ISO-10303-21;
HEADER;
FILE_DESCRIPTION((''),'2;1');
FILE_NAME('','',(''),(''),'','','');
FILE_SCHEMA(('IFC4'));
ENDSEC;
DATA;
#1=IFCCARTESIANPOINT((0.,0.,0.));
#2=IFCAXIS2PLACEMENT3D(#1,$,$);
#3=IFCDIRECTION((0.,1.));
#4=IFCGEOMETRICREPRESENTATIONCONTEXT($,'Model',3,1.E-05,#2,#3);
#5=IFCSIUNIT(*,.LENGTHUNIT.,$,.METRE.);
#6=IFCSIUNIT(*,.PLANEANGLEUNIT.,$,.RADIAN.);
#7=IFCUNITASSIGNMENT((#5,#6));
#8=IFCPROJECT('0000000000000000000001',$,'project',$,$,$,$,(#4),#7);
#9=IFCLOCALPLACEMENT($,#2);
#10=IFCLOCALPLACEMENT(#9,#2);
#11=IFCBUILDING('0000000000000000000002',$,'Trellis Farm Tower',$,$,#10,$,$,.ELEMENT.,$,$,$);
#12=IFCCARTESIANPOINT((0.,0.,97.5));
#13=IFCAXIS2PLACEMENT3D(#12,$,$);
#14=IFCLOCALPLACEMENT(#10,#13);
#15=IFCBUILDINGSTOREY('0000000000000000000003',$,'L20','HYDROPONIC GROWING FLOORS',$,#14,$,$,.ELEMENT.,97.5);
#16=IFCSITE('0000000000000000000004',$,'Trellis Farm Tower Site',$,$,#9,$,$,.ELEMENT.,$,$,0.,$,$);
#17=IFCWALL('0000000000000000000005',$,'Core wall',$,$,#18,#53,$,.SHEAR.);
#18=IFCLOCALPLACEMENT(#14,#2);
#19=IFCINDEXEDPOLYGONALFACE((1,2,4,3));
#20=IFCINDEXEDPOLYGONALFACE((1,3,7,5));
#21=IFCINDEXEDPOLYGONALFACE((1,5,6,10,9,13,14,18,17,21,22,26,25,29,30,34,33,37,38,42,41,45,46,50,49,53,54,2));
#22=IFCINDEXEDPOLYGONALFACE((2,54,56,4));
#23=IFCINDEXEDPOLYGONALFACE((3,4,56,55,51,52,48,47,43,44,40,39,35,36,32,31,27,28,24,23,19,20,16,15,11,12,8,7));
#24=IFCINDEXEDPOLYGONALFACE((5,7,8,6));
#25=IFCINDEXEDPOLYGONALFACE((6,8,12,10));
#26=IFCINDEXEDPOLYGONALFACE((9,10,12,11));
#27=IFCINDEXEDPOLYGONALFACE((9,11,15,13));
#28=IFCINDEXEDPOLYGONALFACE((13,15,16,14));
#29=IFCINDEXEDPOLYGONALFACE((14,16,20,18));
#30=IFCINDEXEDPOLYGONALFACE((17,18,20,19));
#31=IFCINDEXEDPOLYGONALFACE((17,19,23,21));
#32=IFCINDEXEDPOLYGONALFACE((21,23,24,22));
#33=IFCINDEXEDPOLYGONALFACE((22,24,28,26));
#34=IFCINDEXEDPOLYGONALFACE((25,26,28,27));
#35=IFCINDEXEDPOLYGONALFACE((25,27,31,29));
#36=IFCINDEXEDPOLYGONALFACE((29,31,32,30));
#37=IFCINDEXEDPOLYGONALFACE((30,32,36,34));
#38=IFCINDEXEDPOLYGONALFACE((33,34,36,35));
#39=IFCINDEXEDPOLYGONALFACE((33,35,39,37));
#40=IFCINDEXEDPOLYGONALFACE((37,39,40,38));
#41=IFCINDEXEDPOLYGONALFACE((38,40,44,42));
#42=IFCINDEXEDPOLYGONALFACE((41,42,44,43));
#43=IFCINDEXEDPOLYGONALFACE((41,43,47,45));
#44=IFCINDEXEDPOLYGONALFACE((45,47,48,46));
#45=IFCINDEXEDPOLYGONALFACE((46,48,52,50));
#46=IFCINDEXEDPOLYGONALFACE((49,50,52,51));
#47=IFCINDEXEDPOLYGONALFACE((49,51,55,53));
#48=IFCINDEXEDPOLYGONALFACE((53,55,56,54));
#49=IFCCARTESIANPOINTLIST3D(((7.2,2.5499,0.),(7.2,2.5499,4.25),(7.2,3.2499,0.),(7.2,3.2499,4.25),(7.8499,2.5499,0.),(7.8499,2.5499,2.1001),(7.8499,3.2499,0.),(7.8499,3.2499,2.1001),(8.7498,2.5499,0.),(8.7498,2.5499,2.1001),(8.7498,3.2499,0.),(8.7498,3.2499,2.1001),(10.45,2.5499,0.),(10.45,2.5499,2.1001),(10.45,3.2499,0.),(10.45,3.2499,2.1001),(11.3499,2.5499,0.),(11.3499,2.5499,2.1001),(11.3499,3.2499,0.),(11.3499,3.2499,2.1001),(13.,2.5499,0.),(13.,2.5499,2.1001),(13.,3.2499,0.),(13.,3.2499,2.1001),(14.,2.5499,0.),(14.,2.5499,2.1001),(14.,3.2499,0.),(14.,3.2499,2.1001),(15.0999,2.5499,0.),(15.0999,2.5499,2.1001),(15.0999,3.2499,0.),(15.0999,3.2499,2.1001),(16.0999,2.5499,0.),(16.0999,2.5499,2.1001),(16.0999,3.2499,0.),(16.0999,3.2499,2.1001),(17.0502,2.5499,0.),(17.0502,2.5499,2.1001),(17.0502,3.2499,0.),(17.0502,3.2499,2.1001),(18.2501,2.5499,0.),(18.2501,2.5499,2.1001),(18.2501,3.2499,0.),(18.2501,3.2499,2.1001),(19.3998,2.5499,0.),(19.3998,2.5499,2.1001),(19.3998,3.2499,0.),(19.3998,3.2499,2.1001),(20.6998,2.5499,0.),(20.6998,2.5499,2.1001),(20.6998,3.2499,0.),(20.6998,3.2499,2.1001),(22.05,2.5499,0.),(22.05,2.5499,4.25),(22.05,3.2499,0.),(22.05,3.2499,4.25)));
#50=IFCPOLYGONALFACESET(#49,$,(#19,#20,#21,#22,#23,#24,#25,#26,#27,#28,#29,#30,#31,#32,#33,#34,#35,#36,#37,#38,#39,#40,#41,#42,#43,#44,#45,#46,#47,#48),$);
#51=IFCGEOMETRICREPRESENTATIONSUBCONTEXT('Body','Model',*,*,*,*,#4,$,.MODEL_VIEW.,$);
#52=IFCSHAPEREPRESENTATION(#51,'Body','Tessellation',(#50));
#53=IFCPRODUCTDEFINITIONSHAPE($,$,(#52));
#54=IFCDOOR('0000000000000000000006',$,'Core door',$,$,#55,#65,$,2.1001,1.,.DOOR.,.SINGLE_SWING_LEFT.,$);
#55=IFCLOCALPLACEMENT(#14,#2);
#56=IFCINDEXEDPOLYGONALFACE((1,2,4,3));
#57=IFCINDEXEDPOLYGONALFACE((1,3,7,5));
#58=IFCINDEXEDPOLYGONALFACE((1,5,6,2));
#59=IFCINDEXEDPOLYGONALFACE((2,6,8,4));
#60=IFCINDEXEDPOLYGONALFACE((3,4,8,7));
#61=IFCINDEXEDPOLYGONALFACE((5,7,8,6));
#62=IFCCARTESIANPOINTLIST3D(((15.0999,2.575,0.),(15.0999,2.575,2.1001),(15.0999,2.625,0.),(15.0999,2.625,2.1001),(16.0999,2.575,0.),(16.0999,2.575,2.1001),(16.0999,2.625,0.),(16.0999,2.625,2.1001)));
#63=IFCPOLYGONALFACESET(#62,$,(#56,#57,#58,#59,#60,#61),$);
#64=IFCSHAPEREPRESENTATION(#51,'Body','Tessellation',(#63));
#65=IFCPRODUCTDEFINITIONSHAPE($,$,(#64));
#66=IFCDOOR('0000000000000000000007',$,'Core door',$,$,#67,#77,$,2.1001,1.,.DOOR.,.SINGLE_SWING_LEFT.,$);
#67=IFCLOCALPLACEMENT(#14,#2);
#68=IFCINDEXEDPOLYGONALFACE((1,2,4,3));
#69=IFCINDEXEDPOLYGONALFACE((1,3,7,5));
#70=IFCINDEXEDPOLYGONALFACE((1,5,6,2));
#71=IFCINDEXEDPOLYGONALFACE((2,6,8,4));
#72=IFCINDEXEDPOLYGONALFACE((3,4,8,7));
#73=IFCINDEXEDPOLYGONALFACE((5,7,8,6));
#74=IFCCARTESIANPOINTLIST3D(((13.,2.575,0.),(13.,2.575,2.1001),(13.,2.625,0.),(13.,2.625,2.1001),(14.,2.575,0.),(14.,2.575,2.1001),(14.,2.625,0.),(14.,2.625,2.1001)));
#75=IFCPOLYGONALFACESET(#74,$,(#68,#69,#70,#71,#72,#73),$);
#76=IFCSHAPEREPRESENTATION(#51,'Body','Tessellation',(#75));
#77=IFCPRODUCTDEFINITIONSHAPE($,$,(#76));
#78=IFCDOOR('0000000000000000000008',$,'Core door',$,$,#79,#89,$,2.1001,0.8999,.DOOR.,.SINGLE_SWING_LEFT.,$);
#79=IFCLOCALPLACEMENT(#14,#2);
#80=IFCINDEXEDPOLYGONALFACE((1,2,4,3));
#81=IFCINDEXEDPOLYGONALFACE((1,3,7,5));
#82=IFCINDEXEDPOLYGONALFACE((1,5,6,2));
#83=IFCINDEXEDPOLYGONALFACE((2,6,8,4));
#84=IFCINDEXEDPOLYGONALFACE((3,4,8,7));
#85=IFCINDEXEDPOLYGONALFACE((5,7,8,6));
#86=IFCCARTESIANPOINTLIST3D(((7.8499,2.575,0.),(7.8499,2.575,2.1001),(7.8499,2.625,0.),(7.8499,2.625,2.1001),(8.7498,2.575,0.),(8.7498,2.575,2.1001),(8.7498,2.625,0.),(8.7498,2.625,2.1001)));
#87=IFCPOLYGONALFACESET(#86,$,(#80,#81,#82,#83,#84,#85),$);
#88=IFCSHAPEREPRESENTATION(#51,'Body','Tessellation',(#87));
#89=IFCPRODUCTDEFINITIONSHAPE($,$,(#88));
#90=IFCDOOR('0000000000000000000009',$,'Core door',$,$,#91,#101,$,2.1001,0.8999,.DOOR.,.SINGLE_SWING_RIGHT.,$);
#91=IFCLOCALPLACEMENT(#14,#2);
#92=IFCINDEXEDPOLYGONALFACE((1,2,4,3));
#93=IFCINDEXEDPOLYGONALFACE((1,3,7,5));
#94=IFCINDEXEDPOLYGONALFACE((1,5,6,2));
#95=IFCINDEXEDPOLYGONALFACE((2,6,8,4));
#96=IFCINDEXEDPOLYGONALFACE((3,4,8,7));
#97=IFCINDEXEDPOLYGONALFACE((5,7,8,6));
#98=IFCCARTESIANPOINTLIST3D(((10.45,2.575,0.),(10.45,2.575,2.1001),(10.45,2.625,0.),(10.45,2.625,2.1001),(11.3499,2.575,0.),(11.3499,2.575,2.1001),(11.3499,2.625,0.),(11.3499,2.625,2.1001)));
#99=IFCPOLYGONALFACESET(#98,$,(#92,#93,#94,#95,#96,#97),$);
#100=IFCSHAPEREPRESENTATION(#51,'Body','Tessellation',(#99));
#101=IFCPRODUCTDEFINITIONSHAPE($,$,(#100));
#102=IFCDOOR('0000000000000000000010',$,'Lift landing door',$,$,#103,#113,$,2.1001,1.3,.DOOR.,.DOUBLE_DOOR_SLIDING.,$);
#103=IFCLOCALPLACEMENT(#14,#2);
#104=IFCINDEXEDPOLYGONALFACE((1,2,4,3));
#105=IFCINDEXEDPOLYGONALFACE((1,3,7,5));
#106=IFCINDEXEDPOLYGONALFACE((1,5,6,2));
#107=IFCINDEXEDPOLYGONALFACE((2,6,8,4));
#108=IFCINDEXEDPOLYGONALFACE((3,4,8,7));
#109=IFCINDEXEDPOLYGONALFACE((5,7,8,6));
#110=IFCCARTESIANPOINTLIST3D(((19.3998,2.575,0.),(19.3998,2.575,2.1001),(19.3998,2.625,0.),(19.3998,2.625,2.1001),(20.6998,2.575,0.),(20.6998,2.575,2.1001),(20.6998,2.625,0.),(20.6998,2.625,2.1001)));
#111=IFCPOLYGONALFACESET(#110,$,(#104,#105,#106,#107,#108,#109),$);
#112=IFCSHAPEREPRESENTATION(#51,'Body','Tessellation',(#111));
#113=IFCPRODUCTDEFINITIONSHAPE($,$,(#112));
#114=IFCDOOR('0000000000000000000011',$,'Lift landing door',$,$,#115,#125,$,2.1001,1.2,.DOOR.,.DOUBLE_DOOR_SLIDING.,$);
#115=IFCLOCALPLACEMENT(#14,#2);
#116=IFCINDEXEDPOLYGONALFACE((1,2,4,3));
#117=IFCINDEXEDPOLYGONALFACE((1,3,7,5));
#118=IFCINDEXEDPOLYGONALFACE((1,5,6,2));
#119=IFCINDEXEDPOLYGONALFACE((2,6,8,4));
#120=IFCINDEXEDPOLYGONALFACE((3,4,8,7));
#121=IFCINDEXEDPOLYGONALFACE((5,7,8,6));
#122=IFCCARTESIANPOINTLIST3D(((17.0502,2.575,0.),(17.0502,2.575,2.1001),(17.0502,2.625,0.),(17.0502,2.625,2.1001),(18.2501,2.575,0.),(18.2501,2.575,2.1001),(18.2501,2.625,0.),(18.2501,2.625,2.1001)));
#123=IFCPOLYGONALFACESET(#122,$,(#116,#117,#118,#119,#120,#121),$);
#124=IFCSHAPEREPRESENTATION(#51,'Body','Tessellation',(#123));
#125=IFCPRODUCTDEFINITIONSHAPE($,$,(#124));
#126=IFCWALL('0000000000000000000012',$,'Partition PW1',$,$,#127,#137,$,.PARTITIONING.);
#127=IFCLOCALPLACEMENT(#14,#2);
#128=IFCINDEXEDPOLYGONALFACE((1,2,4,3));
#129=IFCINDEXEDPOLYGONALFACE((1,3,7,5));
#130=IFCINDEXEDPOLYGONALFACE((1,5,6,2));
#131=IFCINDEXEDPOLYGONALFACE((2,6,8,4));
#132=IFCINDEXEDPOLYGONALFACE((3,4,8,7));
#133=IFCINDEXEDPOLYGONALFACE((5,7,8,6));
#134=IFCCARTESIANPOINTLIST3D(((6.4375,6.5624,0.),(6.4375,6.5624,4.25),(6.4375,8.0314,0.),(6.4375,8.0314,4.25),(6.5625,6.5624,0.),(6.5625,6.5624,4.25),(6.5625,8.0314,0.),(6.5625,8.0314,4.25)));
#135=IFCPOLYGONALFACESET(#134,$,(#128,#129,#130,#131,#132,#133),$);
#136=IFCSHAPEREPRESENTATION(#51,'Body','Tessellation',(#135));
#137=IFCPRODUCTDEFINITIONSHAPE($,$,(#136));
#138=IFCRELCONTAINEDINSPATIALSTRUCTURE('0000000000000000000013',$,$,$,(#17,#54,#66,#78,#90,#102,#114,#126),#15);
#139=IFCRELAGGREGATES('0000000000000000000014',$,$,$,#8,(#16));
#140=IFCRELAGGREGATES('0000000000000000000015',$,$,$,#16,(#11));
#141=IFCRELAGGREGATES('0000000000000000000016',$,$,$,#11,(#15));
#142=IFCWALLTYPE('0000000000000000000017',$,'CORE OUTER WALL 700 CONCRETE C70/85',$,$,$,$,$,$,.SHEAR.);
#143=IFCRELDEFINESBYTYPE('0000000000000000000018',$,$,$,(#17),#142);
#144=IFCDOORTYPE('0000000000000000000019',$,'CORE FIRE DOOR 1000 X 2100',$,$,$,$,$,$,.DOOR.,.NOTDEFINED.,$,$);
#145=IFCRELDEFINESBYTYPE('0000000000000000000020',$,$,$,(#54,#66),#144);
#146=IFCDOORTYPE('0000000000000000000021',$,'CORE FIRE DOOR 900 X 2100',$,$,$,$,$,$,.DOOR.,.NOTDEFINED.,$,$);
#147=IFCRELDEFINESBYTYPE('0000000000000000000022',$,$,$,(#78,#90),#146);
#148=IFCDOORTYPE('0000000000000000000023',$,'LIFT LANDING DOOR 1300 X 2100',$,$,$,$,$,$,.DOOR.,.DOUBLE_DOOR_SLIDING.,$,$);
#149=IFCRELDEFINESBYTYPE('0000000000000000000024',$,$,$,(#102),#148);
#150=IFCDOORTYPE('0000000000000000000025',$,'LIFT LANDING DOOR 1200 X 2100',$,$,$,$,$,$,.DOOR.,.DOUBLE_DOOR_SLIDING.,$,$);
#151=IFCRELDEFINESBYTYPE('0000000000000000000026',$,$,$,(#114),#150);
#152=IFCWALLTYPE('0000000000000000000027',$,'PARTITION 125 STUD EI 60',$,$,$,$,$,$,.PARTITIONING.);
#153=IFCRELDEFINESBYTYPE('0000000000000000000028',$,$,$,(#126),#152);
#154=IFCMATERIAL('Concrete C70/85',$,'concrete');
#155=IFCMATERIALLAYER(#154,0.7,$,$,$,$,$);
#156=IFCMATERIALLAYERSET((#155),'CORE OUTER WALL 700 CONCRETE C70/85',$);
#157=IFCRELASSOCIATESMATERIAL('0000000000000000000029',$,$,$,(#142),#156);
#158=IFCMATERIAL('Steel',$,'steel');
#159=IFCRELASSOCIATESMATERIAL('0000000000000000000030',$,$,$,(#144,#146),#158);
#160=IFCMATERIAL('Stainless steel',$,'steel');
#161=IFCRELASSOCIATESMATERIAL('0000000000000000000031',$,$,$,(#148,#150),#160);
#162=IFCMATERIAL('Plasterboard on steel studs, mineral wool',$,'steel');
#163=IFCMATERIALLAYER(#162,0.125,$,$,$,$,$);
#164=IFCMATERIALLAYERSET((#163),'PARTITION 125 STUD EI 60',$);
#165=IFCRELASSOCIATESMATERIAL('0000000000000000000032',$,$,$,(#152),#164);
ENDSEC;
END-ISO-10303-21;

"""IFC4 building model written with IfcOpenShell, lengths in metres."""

from ifc_helpers import new_model, si_unit, direction, frame, frame_2d, origin, place, context, subcontext, project, spatial, rectangle, extrude, source, transform, mapped, material, layer, layer_set, type_object, element, fill, save


model = new_model("IFC4")

# Units and contexts
model_context = context("Model", 3, precision=1e-05, world=origin(), true_north=direction((0.0, 1.0)))
body_context = subcontext(model_context, "Body", "Model", "MODEL_VIEW")
ifc_project = project(units=[si_unit("LENGTHUNIT", "METRE"), si_unit("PLANEANGLEUNIT", "RADIAN")], contexts=[model_context])

# Site, building, storey
site_placement = place(None, origin())
site = spatial("IfcSite", under=ifc_project, at=site_placement, Name="Trellis Farm Tower Site", CompositionType="ELEMENT", RefElevation=0.0)
building_placement = place(site_placement, origin())
building = spatial("IfcBuilding", under=site, at=building_placement, Name="Trellis Farm Tower", CompositionType="ELEMENT")
storey_placement = place(building_placement, frame((0.0, 0.0, 97.5)))
storey = spatial("IfcBuildingStorey", under=building, at=storey_placement, Name="L20", Description="HYDROPONIC GROWING FLOORS", CompositionType="ELEMENT", Elevation=97.5)

# Shared definitions
ifc_material_1 = material(Name="Concrete C70/85", Category="concrete")

# Wall, openings, doors
ifc_layer_1 = layer(ifc_material_1, 0.7)
ifc_layer_set_1 = layer_set([ifc_layer_1], Name="CORE OUTER WALL 700 CONCRETE C70/85")
wall_type_1 = type_object("IfcWallType", Name="CORE OUTER WALL 700 CONCRETE C70/85", PredefinedType="SHEAR", material=ifc_layer_set_1)
shared_shape_1 = source(origin(), body_context, "Body", "SweptSolid", [
    extrude(rectangle(XDim=14.8501, YDim=0.7, at=frame_2d((7.425, 0.0))), origin(), (0.0, 0.0, 1.0), 4.25),
])
wall_1_placement = place(storey_placement, frame((7.2, 2.8999, 0.0), z_axis=(0.0, 0.0, 1.0), x_axis=(1.0, 0.0, 0.0)))
wall_1 = element("IfcWall", 1, at=wall_1_placement, inside=storey, type_object=wall_type_1, Name="Core wall", PredefinedType="SHEAR", context=body_context, shape_type="MappedRepresentation", body=[
    mapped(shared_shape_1, transform((0.0, 0.0, 0.0))),
])
shared_shape_2 = source(origin(), body_context, "Body", "SweptSolid", [
    extrude(rectangle(XDim=1.3, YDim=2.1001, at=frame_2d((0.6499, 1.05))), frame((0.0, 0.3601, 0.0), z_axis=(0.0, -1.0, 0.0), x_axis=(1.0, 0.0, 0.0)), (0.0, 0.0, 1.0), 0.7202),
])
opening_1_placement = place(wall_1_placement, frame((12.2, 0.0, 0.0)))
opening_1 = element("IfcOpeningElement", 2, at=opening_1_placement, cuts=wall_1, PredefinedType="OPENING", context=body_context, shape_type="MappedRepresentation", body=[
    mapped(shared_shape_2, transform((0.0, 0.0, 0.0))),
])
shared_shape_3 = source(origin(), body_context, "Body", "SweptSolid", [
    extrude(rectangle(XDim=1.2, YDim=2.1001, at=frame_2d((0.6001, 1.05))), frame((0.0, 0.3601, 0.0), z_axis=(0.0, -1.0, 0.0), x_axis=(1.0, 0.0, 0.0)), (0.0, 0.0, 1.0), 0.7202),
])
opening_2_placement = place(wall_1_placement, frame((9.8501, 0.0, 0.0)))
opening_2 = element("IfcOpeningElement", 3, at=opening_2_placement, cuts=wall_1, PredefinedType="OPENING", context=body_context, shape_type="MappedRepresentation", body=[
    mapped(shared_shape_3, transform((0.0, 0.0, 0.0))),
])
shared_shape_4 = source(origin(), body_context, "Body", "SweptSolid", [
    extrude(rectangle(XDim=1.0, YDim=2.1001, at=frame_2d((0.5, 1.05))), frame((0.0, 0.3601, 0.0), z_axis=(0.0, -1.0, 0.0), x_axis=(1.0, 0.0, 0.0)), (0.0, 0.0, 1.0), 0.7202),
])
opening_3_placement = place(wall_1_placement, frame((7.8999, 0.0, 0.0)))
opening_3 = element("IfcOpeningElement", 4, at=opening_3_placement, cuts=wall_1, PredefinedType="OPENING", context=body_context, shape_type="MappedRepresentation", body=[
    mapped(shared_shape_4, transform((0.0, 0.0, 0.0))),
])
shared_shape_5 = source(origin(), body_context, "Body", "SweptSolid", [
    extrude(rectangle(XDim=0.8999, YDim=2.1001, at=frame_2d((0.45, 1.05))), frame((0.0, 0.3601, 0.0), z_axis=(0.0, -1.0, 0.0), x_axis=(1.0, 0.0, 0.0)), (0.0, 0.0, 1.0), 0.7202),
])
opening_4_placement = place(wall_1_placement, frame((0.6499, 0.0, 0.0)))
opening_4 = element("IfcOpeningElement", 5, at=opening_4_placement, cuts=wall_1, PredefinedType="OPENING", context=body_context, shape_type="MappedRepresentation", body=[
    mapped(shared_shape_5, transform((0.0, 0.0, 0.0))),
])
opening_5_placement = place(wall_1_placement, frame((3.25, 0.0, 0.0)))
opening_5 = element("IfcOpeningElement", 6, at=opening_5_placement, cuts=wall_1, PredefinedType="OPENING", context=body_context, shape_type="MappedRepresentation", body=[
    mapped(shared_shape_5, transform((0.0, 0.0, 0.0))),
])
opening_6_placement = place(wall_1_placement, frame((5.8, 0.0, 0.0)))
opening_6 = element("IfcOpeningElement", 7, at=opening_6_placement, cuts=wall_1, PredefinedType="OPENING", context=body_context, shape_type="MappedRepresentation", body=[
    mapped(shared_shape_4, transform((0.0, 0.0, 0.0))),
])
ifc_material_2 = material(Name="Steel", Category="steel")
door_type_1 = type_object("IfcDoorType", Name="CORE FIRE DOOR 1000 X 2100", OperationType="NOTDEFINED", PredefinedType="DOOR", material=ifc_material_2)
shared_shape_6 = source(origin(), body_context, "Body", "SweptSolid", [
    extrude(rectangle(XDim=1.0, YDim=2.1001, at=frame_2d((0.5, 1.05))), frame((0.0, -0.2749, 0.0), z_axis=(0.0, -1.0, 0.0), x_axis=(1.0, 0.0, 0.0)), (0.0, 0.0, 1.0), 0.05),
])
door_1_placement = place(opening_3_placement, origin())
door_1 = element("IfcDoor", 8, at=door_1_placement, inside=storey, type_object=door_type_1, Name="Core door", OperationType="SINGLE_SWING_LEFT", OverallHeight=2.1001, OverallWidth=1.0, PredefinedType="DOOR", context=body_context, shape_type="MappedRepresentation", body=[
    mapped(shared_shape_6, transform((0.0, 0.0, 0.0))),
])
fill(opening_3, door_1)
door_2_placement = place(opening_6_placement, origin())
door_2 = element("IfcDoor", 9, at=door_2_placement, inside=storey, type_object=door_type_1, Name="Core door", OperationType="SINGLE_SWING_LEFT", OverallHeight=2.1001, OverallWidth=1.0, PredefinedType="DOOR", context=body_context, shape_type="MappedRepresentation", body=[
    mapped(shared_shape_6, transform((0.0, 0.0, 0.0))),
])
fill(opening_6, door_2)
door_type_2 = type_object("IfcDoorType", Name="CORE FIRE DOOR 900 X 2100", OperationType="NOTDEFINED", PredefinedType="DOOR", material=ifc_material_2)
shared_shape_7 = source(origin(), body_context, "Body", "SweptSolid", [
    extrude(rectangle(XDim=0.8999, YDim=2.1001, at=frame_2d((0.45, 1.05))), frame((0.0, -0.2749, 0.0), z_axis=(0.0, -1.0, 0.0), x_axis=(1.0, 0.0, 0.0)), (0.0, 0.0, 1.0), 0.05),
])
door_3_placement = place(opening_4_placement, origin())
door_3 = element("IfcDoor", 10, at=door_3_placement, inside=storey, type_object=door_type_2, Name="Core door", OperationType="SINGLE_SWING_LEFT", OverallHeight=2.1001, OverallWidth=0.8999, PredefinedType="DOOR", context=body_context, shape_type="MappedRepresentation", body=[
    mapped(shared_shape_7, transform((0.0, 0.0, 0.0))),
])
fill(opening_4, door_3)
door_4_placement = place(opening_5_placement, origin())
door_4 = element("IfcDoor", 11, at=door_4_placement, inside=storey, type_object=door_type_2, Name="Core door", OperationType="SINGLE_SWING_RIGHT", OverallHeight=2.1001, OverallWidth=0.8999, PredefinedType="DOOR", context=body_context, shape_type="MappedRepresentation", body=[
    mapped(shared_shape_7, transform((0.0, 0.0, 0.0))),
])
fill(opening_5, door_4)
ifc_material_3 = material(Name="Stainless steel", Category="steel")
door_type_3 = type_object("IfcDoorType", Name="LIFT LANDING DOOR 1300 X 2100", OperationType="DOUBLE_DOOR_SLIDING", PredefinedType="DOOR", material=ifc_material_3)
shared_shape_8 = source(origin(), body_context, "Body", "SweptSolid", [
    extrude(rectangle(XDim=1.3, YDim=2.1001, at=frame_2d((0.6499, 1.05))), frame((0.0, -0.2749, 0.0), z_axis=(0.0, -1.0, 0.0), x_axis=(1.0, 0.0, 0.0)), (0.0, 0.0, 1.0), 0.05),
])
door_5_placement = place(opening_1_placement, origin())
door_5 = element("IfcDoor", 12, at=door_5_placement, inside=storey, type_object=door_type_3, Name="Lift landing door", OperationType="DOUBLE_DOOR_SLIDING", OverallHeight=2.1001, OverallWidth=1.3, PredefinedType="DOOR", context=body_context, shape_type="MappedRepresentation", body=[
    mapped(shared_shape_8, transform((0.0, 0.0, 0.0))),
])
fill(opening_1, door_5)
door_type_4 = type_object("IfcDoorType", Name="LIFT LANDING DOOR 1200 X 2100", OperationType="DOUBLE_DOOR_SLIDING", PredefinedType="DOOR", material=ifc_material_3)
shared_shape_9 = source(origin(), body_context, "Body", "SweptSolid", [
    extrude(rectangle(XDim=1.2, YDim=2.1001, at=frame_2d((0.6001, 1.05))), frame((0.0, -0.2749, 0.0), z_axis=(0.0, -1.0, 0.0), x_axis=(1.0, 0.0, 0.0)), (0.0, 0.0, 1.0), 0.05),
])
door_6_placement = place(opening_2_placement, origin())
door_6 = element("IfcDoor", 13, at=door_6_placement, inside=storey, type_object=door_type_4, Name="Lift landing door", OperationType="DOUBLE_DOOR_SLIDING", OverallHeight=2.1001, OverallWidth=1.2, PredefinedType="DOOR", context=body_context, shape_type="MappedRepresentation", body=[
    mapped(shared_shape_9, transform((0.0, 0.0, 0.0))),
])
fill(opening_2, door_6)

# Wall
ifc_material_4 = material(Name="Plasterboard on steel studs, mineral wool", Category="steel")
ifc_layer_2 = layer(ifc_material_4, 0.125)
ifc_layer_set_2 = layer_set([ifc_layer_2], Name="PARTITION 125 STUD EI 60")
wall_type_2 = type_object("IfcWallType", Name="PARTITION 125 STUD EI 60", PredefinedType="PARTITIONING", material=ifc_layer_set_2)
shared_shape_10 = source(origin(), body_context, "Body", "SweptSolid", [
    extrude(rectangle(XDim=1.469, YDim=0.125, at=frame_2d((0.7344, 0.0))), origin(), (0.0, 0.0, 1.0), 4.25),
])
wall_2_placement = place(storey_placement, frame((6.5, 6.5625, 0.0), z_axis=(0.0, 0.0, 1.0), x_axis=(0.0, 1.0, 0.0)))
element("IfcWall", 14, at=wall_2_placement, inside=storey, type_object=wall_type_2, Name="Partition PW1", PredefinedType="PARTITIONING", context=body_context, shape_type="MappedRepresentation", body=[
    mapped(shared_shape_10, transform((0.0, 0.0, 0.0))),
])

save(model, "model.ifc")
